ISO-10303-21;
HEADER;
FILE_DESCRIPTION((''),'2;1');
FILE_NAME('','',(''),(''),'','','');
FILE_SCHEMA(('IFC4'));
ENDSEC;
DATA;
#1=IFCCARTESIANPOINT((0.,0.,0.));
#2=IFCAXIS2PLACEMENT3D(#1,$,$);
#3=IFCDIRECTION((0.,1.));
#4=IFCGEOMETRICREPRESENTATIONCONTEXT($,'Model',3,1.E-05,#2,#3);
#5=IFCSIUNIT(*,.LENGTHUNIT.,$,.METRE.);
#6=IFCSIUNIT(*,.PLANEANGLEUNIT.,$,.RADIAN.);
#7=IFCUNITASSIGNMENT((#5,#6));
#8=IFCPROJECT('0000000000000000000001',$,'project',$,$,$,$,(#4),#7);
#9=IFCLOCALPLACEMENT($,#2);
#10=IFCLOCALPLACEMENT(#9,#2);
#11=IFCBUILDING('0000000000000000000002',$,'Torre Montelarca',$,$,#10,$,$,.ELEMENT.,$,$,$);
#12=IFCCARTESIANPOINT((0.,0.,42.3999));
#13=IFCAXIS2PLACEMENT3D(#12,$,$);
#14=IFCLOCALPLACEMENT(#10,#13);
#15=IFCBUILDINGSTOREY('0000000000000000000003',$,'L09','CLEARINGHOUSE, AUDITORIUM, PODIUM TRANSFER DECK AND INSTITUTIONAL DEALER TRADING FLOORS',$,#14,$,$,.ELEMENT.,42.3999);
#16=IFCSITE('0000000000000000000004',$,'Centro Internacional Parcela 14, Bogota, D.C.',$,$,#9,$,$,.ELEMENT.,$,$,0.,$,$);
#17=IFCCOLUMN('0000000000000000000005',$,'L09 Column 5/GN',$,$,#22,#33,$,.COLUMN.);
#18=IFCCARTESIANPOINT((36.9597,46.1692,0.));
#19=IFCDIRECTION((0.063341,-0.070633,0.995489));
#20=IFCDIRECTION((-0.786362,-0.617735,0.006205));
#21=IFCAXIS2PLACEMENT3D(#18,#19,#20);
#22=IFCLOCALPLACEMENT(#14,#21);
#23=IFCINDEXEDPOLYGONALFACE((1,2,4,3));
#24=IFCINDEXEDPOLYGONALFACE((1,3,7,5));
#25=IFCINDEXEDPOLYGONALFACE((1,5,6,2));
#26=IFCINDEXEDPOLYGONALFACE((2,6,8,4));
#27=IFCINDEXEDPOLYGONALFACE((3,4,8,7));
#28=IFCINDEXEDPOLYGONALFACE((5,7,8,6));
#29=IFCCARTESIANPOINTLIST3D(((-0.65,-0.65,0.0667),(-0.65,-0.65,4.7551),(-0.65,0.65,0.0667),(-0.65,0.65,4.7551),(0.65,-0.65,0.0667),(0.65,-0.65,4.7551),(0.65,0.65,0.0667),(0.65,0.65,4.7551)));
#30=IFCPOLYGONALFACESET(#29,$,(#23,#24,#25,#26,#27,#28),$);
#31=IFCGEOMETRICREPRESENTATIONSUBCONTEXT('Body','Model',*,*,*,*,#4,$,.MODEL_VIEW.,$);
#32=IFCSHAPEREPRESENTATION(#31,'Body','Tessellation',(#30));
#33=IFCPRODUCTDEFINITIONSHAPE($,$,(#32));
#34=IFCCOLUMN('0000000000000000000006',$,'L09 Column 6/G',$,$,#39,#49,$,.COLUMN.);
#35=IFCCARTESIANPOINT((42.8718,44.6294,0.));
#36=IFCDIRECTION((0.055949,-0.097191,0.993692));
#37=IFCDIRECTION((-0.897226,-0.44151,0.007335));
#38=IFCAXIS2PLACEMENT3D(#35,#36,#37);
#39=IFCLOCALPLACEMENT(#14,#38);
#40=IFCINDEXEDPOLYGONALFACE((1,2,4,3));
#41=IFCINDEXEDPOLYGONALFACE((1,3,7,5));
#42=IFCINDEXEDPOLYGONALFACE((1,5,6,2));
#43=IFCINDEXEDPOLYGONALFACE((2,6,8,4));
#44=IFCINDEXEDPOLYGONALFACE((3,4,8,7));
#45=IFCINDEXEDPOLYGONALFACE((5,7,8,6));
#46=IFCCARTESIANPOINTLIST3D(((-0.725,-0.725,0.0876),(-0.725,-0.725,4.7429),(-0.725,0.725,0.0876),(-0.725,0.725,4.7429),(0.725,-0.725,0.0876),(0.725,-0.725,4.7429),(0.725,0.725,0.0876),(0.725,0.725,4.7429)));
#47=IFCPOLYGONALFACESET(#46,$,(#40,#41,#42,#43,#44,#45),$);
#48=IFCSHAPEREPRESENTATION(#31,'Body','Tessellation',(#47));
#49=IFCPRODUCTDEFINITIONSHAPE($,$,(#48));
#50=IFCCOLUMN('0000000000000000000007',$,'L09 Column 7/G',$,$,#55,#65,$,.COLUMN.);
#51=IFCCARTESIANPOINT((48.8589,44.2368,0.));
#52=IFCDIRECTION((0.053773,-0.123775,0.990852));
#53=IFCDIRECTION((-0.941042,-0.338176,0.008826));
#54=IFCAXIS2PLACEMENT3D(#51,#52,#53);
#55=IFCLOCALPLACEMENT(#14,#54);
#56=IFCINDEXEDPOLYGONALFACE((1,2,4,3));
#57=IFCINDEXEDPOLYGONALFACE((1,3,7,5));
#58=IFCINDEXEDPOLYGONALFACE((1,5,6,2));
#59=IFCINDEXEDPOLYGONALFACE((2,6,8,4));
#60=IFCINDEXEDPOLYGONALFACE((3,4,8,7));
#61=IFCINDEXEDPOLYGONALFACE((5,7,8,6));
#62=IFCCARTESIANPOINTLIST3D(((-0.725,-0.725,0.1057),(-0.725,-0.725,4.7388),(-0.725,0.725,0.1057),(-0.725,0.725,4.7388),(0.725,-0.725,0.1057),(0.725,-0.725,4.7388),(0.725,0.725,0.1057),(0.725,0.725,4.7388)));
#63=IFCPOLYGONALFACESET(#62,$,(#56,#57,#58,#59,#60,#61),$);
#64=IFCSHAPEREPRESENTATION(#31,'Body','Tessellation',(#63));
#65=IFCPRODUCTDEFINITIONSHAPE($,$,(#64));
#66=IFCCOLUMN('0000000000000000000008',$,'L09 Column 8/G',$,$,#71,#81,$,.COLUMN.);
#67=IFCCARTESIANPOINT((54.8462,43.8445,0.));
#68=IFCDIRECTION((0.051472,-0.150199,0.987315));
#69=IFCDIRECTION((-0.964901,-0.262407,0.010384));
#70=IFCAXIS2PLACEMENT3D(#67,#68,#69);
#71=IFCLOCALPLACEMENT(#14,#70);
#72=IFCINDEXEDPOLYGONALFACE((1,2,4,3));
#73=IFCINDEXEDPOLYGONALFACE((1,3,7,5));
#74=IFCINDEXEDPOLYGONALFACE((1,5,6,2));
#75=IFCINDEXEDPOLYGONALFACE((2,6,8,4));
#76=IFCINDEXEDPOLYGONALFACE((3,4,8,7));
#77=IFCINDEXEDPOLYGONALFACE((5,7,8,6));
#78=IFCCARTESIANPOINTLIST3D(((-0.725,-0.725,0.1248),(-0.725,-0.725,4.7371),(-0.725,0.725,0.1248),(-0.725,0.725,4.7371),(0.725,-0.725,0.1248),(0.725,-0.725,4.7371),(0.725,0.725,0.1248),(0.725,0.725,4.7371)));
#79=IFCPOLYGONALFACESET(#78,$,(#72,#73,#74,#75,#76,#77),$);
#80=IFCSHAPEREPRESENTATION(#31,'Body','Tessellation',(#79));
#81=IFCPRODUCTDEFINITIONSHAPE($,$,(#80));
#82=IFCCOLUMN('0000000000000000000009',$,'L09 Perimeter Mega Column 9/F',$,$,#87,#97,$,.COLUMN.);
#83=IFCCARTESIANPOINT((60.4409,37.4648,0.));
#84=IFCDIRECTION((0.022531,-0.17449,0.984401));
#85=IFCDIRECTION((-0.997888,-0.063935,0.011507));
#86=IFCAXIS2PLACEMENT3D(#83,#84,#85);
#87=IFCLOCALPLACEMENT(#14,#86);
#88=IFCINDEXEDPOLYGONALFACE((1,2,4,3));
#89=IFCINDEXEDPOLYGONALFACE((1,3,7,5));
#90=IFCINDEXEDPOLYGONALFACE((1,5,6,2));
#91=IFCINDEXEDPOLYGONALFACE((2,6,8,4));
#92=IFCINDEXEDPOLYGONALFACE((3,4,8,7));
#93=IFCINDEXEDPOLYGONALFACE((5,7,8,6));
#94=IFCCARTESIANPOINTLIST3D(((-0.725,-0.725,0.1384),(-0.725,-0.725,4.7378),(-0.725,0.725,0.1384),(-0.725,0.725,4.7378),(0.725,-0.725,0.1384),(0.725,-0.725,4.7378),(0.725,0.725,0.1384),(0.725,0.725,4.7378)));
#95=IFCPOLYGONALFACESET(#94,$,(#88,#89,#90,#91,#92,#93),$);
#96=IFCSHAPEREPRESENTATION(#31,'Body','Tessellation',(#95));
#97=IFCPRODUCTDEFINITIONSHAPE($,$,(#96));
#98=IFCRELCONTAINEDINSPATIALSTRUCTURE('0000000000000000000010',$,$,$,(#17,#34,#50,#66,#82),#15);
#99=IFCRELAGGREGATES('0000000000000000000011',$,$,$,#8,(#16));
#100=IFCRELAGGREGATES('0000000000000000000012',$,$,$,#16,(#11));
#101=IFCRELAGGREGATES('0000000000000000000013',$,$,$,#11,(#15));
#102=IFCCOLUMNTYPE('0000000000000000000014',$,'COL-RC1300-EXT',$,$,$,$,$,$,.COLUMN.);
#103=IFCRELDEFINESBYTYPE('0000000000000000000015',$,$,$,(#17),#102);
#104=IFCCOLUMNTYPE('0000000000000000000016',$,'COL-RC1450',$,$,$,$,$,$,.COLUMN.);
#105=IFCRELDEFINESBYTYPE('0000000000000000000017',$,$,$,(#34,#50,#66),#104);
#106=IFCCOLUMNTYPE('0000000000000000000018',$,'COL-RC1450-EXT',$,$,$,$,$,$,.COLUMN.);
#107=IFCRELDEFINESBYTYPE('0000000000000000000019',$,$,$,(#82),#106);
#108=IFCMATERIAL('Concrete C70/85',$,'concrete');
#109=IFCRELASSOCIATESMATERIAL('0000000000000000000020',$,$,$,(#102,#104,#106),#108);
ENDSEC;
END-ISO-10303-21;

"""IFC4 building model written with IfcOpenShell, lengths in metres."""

from ifc_helpers import new_model, si_unit, direction, frame, origin, origin_2d, place, context, subcontext, project, spatial, rectangle, extrude, clip, halfspace, material, material_profile, profile_set, type_object, element, save


model = new_model("IFC4")

# Units and contexts
model_context = context("Model", 3, precision=1e-05, world=origin(), true_north=direction((0.0, 1.0)))
body_context = subcontext(model_context, "Body", "Model", "MODEL_VIEW")
ifc_project = project(units=[si_unit("LENGTHUNIT", "METRE"), si_unit("PLANEANGLEUNIT", "RADIAN")], contexts=[model_context])

# Site, building, storey
site_placement = place(None, origin())
site = spatial("IfcSite", under=ifc_project, at=site_placement, Name="Centro Internacional Parcela 14, Bogota, D.C.", CompositionType="ELEMENT", RefElevation=0.0)
building_placement = place(site_placement, origin())
building = spatial("IfcBuilding", under=site, at=building_placement, Name="Torre Montelarca", CompositionType="ELEMENT")
storey_placement = place(building_placement, frame((0.0, 0.0, 42.3999)))
storey = spatial("IfcBuildingStorey", under=building, at=storey_placement, Name="L09", Description="CLEARINGHOUSE, AUDITORIUM, PODIUM TRANSFER DECK AND INSTITUTIONAL DEALER TRADING FLOORS", CompositionType="ELEMENT", Elevation=42.3999)

# Columns
ifc_material_1 = material(Name="Concrete C70/85", Category="concrete")
ifc_material_profile_1 = material_profile(ifc_material_1, rectangle(XDim=1.3, YDim=1.3, at=origin_2d()), Name="RC1300X1300", Category="concrete")
ifc_profile_set_1 = profile_set([ifc_material_profile_1], Name="Concrete C70/85")
column_type_1 = type_object("IfcColumnType", Name="COL-RC1300-EXT", PredefinedType="COLUMN", material=ifc_profile_set_1)
column_1_placement = place(storey_placement, frame((36.9597, 46.1692, 0.0), z_axis=(0.063341, -0.070633, 0.995489), x_axis=(-0.786362, -0.617735, 0.006205)))
element("IfcColumn", 1, at=column_1_placement, inside=storey, type_object=column_type_1, Name="L09 Column 5/GN", PredefinedType="COLUMN", context=body_context, shape_type="Clipping", body=[
    clip(clip(extrude(rectangle(XDim=1.3, YDim=1.3, at=origin_2d()), origin(), (0.0, 0.0, 1.0), 4.8218), halfspace(frame((0.0, 0.0, 0.0667), z_axis=(0.0, 0.0, -1.0), x_axis=(1.0, 0.0, 0.0)), False)), halfspace(frame((0.0, 0.0, 4.7551), z_axis=(0.0, 0.0, 1.0), x_axis=(1.0, 0.0, 0.0)), False)),
])
ifc_material_profile_2 = material_profile(ifc_material_1, rectangle(XDim=1.45, YDim=1.45, at=origin_2d()), Name="RC1450X1450", Category="concrete")
ifc_profile_set_2 = profile_set([ifc_material_profile_2], Name="Concrete C70/85")
column_type_2 = type_object("IfcColumnType", Name="COL-RC1450", PredefinedType="COLUMN", material=ifc_profile_set_2)
column_2_placement = place(storey_placement, frame((42.8718, 44.6294, 0.0), z_axis=(0.055949, -0.097191, 0.993692), x_axis=(-0.897226, -0.44151, 0.007335)))
element("IfcColumn", 2, at=column_2_placement, inside=storey, type_object=column_type_2, Name="L09 Column 6/G", PredefinedType="COLUMN", context=body_context, shape_type="Clipping", body=[
    clip(clip(extrude(rectangle(XDim=1.45, YDim=1.45, at=origin_2d()), origin(), (0.0, 0.0, 1.0), 4.8306), halfspace(frame((0.0, 0.0, 0.0876), z_axis=(0.0, 0.0, -1.0), x_axis=(1.0, 0.0, 0.0)), False)), halfspace(frame((0.0, 0.0, 4.7429), z_axis=(0.0, 0.0, 1.0), x_axis=(1.0, 0.0, 0.0)), False)),
])
column_3_placement = place(storey_placement, frame((48.8589, 44.2368, 0.0), z_axis=(0.053773, -0.123775, 0.990852), x_axis=(-0.941042, -0.338176, 0.008826)))
element("IfcColumn", 3, at=column_3_placement, inside=storey, type_object=column_type_2, Name="L09 Column 7/G", PredefinedType="COLUMN", context=body_context, shape_type="Clipping", body=[
    clip(clip(extrude(rectangle(XDim=1.45, YDim=1.45, at=origin_2d()), origin(), (0.0, 0.0, 1.0), 4.8445), halfspace(frame((0.0, 0.0, 0.1057), z_axis=(0.0, 0.0, -1.0), x_axis=(1.0, 0.0, 0.0)), False)), halfspace(frame((0.0, 0.0, 4.7388), z_axis=(0.0, 0.0, 1.0), x_axis=(1.0, 0.0, 0.0)), False)),
])
column_4_placement = place(storey_placement, frame((54.8462, 43.8445, 0.0), z_axis=(0.051472, -0.150199, 0.987315), x_axis=(-0.964901, -0.262407, 0.010384)))
element("IfcColumn", 4, at=column_4_placement, inside=storey, type_object=column_type_2, Name="L09 Column 8/G", PredefinedType="COLUMN", context=body_context, shape_type="Clipping", body=[
    clip(clip(extrude(rectangle(XDim=1.45, YDim=1.45, at=origin_2d()), origin(), (0.0, 0.0, 1.0), 4.8618), halfspace(frame((0.0, 0.0, 0.1248), z_axis=(0.0, 0.0, -1.0), x_axis=(1.0, 0.0, 0.0)), False)), halfspace(frame((0.0, 0.0, 4.7371), z_axis=(0.0, 0.0, 1.0), x_axis=(1.0, 0.0, 0.0)), False)),
])
ifc_material_profile_3 = material_profile(ifc_material_1, rectangle(XDim=1.45, YDim=1.45, at=origin_2d()), Name="RC1450X1450", Category="concrete")
ifc_profile_set_3 = profile_set([ifc_material_profile_3], Name="Concrete C70/85")
column_type_3 = type_object("IfcColumnType", Name="COL-RC1450-EXT", PredefinedType="COLUMN", material=ifc_profile_set_3)
column_5_placement = place(storey_placement, frame((60.4409, 37.4648, 0.0), z_axis=(0.022531, -0.17449, 0.984401), x_axis=(-0.997888, -0.063935, 0.011507)))
element("IfcColumn", 5, at=column_5_placement, inside=storey, type_object=column_type_3, Name="L09 Perimeter Mega Column 9/F", PredefinedType="COLUMN", context=body_context, shape_type="Clipping", body=[
    clip(clip(extrude(rectangle(XDim=1.45, YDim=1.45, at=origin_2d()), origin(), (0.0, 0.0, 1.0), 4.8762), halfspace(frame((0.0, 0.0, 0.1384), z_axis=(0.0, 0.0, -1.0), x_axis=(1.0, 0.0, 0.0)), False)), halfspace(frame((0.0, 0.0, 4.7378), z_axis=(0.0, 0.0, 1.0), x_axis=(1.0, 0.0, 0.0)), False)),
])

save(model, "model.ifc")
